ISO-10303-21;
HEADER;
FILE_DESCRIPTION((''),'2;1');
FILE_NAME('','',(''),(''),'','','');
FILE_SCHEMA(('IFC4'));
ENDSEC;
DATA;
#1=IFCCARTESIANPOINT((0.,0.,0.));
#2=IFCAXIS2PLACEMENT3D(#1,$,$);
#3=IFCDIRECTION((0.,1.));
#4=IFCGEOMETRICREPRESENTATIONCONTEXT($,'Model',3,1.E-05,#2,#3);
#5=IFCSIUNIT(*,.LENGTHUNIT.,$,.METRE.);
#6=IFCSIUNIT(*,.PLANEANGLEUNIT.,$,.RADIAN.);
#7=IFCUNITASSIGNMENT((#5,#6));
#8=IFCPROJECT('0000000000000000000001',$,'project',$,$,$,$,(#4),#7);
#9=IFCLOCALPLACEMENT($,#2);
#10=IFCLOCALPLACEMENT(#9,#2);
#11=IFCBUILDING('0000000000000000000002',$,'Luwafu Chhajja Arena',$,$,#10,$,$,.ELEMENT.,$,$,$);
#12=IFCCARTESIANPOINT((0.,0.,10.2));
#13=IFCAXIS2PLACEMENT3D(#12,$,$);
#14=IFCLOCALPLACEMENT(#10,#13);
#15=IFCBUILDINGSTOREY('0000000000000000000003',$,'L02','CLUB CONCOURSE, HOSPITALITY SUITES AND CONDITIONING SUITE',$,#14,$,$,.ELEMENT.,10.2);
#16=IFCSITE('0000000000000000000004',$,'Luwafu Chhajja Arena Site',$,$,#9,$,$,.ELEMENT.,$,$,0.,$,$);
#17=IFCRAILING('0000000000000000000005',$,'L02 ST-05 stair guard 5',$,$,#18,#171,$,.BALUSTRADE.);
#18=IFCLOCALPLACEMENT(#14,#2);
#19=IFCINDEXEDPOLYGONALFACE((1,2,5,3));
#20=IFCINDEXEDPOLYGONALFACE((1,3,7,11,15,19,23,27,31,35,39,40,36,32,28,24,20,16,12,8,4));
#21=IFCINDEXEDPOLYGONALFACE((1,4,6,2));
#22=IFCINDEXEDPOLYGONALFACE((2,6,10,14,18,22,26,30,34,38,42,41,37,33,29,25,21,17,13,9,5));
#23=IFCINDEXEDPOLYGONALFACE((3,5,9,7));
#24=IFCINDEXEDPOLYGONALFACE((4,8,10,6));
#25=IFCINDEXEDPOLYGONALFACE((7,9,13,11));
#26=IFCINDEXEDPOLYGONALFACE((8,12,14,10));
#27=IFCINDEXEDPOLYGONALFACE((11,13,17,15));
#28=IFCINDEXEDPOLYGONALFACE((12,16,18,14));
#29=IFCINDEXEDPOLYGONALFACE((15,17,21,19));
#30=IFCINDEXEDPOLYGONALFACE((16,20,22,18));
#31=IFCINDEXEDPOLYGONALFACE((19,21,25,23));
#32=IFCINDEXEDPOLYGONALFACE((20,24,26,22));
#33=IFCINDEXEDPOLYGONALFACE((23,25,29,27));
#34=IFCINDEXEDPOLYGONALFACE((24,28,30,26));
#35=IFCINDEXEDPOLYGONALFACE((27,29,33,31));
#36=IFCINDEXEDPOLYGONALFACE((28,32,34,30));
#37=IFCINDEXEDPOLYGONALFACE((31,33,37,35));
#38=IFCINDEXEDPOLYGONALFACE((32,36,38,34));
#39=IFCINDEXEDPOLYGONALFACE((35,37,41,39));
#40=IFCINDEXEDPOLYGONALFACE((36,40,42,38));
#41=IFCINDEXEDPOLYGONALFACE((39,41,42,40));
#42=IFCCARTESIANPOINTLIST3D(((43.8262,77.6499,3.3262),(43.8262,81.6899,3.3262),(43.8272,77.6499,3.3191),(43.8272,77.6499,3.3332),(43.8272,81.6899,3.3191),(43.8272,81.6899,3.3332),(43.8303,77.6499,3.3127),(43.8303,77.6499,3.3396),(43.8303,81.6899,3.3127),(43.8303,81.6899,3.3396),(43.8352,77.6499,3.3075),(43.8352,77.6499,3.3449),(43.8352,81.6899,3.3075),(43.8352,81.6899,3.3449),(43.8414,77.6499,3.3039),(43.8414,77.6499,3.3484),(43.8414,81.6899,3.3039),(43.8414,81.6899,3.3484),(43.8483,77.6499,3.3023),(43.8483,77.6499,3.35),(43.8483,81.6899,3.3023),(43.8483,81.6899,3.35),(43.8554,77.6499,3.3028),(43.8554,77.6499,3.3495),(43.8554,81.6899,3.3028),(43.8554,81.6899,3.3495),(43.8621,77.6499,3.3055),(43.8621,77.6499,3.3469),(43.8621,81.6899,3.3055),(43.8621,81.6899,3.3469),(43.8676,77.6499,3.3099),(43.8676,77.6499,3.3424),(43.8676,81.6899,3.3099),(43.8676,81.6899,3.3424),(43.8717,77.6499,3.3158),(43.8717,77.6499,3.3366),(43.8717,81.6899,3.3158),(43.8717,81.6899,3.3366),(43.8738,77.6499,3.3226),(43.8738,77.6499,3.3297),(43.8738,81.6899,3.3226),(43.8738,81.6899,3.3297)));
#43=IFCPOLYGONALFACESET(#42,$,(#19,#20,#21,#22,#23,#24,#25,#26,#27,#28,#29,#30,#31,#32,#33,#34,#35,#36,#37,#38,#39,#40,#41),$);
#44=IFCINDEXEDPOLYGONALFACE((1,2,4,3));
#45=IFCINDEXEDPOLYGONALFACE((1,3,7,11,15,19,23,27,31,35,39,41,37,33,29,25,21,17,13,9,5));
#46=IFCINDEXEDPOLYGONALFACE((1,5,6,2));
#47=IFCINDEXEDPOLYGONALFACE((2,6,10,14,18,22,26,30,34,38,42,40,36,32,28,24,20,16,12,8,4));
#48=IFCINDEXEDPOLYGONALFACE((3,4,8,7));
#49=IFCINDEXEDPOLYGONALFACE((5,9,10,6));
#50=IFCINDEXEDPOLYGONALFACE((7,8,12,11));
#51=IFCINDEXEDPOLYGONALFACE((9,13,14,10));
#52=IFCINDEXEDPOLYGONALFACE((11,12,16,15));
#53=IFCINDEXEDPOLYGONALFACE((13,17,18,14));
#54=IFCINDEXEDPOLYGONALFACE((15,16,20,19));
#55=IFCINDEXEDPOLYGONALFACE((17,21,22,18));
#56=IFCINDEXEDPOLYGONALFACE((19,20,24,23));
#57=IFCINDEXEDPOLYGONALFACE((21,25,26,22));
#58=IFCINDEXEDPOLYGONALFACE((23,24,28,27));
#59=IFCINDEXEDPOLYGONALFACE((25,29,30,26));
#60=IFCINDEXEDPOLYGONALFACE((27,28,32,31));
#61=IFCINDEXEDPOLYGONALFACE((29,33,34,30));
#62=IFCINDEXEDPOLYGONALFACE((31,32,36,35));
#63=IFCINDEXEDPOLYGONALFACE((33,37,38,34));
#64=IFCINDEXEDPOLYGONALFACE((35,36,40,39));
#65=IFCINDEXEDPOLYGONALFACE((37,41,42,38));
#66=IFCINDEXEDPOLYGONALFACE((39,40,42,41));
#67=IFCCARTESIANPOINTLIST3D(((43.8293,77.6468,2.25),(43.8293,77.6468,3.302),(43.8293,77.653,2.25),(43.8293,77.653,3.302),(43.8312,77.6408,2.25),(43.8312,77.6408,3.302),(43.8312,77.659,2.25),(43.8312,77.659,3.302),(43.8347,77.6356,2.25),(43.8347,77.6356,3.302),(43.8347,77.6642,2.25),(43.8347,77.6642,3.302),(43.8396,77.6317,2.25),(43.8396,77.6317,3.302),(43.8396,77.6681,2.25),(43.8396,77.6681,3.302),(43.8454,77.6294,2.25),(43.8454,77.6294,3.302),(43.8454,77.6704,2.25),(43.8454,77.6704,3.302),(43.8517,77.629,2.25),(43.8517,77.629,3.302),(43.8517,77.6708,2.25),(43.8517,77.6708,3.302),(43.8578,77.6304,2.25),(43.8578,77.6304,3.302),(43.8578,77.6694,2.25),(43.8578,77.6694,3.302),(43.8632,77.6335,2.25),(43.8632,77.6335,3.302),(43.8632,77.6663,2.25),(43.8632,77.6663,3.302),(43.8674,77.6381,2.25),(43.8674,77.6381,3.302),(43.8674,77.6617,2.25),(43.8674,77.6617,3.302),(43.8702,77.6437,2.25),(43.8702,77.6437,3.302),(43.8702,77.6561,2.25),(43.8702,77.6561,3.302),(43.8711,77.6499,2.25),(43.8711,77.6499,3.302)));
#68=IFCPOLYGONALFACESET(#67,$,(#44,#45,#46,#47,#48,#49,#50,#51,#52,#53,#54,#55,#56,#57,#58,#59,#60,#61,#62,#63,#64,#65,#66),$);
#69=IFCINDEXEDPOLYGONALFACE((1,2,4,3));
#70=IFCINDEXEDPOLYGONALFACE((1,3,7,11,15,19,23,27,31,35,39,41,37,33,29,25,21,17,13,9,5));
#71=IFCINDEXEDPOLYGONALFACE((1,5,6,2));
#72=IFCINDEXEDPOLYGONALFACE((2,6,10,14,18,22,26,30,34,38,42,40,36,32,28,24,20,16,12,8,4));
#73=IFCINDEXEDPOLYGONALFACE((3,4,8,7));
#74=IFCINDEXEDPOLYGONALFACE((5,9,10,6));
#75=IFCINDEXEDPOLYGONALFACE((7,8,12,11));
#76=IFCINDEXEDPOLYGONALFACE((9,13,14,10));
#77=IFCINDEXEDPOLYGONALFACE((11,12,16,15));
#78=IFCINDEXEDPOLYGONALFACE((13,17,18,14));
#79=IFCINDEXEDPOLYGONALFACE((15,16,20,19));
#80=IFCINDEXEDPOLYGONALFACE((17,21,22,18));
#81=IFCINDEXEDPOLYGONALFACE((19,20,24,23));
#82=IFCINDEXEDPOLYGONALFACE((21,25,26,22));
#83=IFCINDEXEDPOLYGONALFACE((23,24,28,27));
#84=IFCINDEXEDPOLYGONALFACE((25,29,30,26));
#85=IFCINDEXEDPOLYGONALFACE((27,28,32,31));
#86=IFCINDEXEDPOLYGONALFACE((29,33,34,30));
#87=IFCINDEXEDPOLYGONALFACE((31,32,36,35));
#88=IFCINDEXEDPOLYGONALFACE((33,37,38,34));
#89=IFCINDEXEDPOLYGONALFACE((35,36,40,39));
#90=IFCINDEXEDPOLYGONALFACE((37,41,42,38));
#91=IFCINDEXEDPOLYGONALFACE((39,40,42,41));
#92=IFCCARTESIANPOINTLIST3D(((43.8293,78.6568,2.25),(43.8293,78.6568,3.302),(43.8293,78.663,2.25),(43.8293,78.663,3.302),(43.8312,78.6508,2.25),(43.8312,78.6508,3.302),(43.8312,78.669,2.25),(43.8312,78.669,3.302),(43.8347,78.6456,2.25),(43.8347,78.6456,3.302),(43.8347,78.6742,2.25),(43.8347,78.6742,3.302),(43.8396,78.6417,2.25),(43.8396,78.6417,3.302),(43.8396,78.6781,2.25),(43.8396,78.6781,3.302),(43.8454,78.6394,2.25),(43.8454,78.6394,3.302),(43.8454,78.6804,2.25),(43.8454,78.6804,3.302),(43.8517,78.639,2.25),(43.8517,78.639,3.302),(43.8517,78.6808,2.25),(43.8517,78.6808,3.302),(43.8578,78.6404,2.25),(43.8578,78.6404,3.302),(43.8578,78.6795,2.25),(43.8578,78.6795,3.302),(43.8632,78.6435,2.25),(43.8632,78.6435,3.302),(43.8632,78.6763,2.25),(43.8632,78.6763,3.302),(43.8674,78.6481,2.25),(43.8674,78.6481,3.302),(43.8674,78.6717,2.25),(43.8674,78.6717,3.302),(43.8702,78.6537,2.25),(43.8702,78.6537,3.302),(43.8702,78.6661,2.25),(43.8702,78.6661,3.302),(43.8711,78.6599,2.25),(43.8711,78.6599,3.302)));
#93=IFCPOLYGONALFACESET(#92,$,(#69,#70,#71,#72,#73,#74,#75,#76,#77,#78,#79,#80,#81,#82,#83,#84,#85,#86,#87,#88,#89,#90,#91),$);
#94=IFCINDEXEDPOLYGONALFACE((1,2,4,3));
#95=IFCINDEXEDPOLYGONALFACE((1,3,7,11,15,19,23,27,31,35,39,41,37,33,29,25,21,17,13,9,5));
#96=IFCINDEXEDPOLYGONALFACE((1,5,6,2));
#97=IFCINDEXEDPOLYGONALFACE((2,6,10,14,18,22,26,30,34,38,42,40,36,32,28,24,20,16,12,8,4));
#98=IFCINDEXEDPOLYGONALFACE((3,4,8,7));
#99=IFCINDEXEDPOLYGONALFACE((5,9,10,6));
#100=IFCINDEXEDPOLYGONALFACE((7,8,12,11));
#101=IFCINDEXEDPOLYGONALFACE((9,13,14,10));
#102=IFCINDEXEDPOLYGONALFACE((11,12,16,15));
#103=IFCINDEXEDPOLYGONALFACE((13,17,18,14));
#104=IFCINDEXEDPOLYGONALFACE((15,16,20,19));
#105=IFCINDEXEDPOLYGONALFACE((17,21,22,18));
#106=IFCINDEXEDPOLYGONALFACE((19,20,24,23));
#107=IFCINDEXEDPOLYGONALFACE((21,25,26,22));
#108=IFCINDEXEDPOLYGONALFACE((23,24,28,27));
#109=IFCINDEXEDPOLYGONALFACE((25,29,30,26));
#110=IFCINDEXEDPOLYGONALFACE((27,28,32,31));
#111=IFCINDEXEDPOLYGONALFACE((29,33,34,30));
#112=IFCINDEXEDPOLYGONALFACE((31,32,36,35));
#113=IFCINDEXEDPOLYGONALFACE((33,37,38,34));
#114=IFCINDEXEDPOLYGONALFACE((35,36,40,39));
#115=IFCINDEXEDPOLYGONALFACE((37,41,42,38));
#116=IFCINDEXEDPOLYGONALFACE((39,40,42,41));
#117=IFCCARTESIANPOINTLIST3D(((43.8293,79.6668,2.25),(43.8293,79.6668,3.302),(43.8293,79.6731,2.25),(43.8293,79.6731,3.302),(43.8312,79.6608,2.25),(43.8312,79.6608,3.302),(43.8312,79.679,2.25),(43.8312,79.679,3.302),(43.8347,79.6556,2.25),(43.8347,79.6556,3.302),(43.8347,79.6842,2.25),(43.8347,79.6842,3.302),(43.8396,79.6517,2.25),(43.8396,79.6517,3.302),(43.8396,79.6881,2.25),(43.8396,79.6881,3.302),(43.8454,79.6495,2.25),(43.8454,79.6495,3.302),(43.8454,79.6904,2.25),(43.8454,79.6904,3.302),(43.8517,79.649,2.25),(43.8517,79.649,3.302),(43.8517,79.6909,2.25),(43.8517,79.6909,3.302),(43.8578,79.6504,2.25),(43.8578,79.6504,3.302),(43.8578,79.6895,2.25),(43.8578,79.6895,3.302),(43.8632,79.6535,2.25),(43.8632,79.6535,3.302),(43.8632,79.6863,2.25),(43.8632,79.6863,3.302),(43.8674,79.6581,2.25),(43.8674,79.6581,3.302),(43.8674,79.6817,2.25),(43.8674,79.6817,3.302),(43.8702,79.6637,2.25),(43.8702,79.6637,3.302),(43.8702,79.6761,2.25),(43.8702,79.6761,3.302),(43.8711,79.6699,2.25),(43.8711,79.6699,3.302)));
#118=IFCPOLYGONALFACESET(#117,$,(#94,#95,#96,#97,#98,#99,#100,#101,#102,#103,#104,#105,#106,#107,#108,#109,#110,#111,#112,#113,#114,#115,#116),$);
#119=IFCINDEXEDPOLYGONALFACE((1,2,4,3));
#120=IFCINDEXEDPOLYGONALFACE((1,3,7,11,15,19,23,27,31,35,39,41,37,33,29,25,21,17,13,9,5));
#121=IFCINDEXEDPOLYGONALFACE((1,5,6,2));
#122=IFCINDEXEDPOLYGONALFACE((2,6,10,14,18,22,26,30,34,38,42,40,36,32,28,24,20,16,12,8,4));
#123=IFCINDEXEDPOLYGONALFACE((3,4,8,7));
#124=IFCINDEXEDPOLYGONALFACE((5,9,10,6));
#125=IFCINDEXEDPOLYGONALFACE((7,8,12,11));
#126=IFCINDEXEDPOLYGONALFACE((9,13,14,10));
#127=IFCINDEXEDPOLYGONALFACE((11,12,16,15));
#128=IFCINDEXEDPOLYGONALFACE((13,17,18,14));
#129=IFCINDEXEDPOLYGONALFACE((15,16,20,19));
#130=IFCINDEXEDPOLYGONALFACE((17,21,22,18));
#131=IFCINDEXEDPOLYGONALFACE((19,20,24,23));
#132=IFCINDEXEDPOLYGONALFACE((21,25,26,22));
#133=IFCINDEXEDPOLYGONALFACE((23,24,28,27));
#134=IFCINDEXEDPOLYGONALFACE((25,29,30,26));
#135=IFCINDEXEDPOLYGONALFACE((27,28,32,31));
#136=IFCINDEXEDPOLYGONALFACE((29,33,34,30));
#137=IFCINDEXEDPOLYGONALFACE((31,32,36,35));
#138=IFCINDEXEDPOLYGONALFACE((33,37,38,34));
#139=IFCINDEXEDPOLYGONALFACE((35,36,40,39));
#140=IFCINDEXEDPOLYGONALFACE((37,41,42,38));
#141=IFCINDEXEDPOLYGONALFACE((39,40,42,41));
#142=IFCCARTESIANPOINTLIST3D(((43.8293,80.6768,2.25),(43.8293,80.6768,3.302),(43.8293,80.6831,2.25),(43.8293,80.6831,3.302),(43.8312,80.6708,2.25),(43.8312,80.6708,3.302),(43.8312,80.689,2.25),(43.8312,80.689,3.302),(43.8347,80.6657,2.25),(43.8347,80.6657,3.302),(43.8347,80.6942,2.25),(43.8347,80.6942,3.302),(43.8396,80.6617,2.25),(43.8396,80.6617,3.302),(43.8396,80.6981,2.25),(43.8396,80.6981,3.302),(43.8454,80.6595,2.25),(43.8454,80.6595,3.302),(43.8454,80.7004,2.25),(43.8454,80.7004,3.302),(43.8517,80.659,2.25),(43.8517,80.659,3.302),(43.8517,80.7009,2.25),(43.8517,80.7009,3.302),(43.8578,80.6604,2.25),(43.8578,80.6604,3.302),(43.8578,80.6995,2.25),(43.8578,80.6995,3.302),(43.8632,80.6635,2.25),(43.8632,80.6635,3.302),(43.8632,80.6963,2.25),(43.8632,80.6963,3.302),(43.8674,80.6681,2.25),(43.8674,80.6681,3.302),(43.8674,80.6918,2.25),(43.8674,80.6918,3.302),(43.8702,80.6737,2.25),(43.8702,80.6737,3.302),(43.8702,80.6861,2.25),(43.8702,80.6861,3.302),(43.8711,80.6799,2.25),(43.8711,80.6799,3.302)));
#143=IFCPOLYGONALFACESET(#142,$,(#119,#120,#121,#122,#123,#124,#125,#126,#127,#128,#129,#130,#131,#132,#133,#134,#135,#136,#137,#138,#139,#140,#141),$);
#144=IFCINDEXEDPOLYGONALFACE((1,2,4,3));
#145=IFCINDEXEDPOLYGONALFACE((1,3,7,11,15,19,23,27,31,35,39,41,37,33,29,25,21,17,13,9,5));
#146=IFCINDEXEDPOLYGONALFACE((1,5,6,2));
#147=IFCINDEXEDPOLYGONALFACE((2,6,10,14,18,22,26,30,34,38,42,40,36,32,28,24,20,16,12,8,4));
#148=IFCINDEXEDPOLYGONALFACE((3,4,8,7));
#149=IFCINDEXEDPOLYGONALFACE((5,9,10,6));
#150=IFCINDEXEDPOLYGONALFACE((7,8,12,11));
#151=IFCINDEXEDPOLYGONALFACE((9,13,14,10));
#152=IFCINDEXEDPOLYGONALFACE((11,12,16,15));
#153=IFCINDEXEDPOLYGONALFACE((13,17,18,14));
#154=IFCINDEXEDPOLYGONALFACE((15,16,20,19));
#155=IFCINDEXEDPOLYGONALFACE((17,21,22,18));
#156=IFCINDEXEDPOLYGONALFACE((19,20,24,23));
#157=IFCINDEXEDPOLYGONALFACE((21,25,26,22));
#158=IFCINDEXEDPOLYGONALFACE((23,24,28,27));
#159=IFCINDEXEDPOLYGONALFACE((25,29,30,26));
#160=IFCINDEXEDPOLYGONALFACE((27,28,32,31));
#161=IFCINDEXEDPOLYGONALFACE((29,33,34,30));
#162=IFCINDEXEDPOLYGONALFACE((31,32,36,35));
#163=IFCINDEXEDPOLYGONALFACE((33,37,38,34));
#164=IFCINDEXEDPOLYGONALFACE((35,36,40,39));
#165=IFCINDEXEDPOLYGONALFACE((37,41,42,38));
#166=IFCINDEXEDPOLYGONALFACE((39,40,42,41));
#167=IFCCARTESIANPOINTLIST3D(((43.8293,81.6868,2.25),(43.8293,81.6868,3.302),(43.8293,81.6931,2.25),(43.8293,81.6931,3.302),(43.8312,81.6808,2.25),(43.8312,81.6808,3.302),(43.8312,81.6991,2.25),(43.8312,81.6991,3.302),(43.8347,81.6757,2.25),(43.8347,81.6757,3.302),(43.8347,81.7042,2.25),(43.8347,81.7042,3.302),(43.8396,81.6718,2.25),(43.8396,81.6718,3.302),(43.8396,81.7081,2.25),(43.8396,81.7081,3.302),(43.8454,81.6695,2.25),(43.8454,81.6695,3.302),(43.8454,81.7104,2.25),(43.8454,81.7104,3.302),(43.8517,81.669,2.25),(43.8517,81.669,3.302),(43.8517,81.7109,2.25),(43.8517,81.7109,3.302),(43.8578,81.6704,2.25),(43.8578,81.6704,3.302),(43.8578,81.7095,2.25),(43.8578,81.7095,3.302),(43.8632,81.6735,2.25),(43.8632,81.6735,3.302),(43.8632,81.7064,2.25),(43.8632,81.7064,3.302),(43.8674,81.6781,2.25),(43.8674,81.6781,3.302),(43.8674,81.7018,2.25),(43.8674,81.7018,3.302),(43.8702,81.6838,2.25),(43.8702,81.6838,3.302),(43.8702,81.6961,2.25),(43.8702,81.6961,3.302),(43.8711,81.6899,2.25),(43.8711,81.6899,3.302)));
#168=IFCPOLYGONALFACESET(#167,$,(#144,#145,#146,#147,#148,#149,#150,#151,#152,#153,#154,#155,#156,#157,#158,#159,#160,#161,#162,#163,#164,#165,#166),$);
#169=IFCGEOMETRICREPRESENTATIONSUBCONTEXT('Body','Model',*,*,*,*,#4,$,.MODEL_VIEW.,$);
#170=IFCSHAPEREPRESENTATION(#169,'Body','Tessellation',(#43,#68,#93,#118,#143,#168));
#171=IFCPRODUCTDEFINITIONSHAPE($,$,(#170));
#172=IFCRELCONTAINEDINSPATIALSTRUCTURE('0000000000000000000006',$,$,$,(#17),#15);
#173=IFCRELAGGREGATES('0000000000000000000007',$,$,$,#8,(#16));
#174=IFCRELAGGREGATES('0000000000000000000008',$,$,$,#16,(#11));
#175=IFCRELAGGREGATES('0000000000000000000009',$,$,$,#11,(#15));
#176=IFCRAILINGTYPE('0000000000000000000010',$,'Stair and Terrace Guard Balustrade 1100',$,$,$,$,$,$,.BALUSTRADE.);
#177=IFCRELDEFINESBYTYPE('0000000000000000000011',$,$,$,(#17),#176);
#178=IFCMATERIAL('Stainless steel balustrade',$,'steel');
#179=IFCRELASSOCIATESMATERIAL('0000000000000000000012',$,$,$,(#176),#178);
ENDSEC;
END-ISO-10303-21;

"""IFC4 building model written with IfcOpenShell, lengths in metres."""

from ifc_helpers import new_model, si_unit, direction, frame, origin, origin_2d, place, context, subcontext, project, spatial, circle, extrude, material, type_object, element, save


model = new_model("IFC4")

# Units and contexts
model_context = context("Model", 3, precision=1e-05, world=origin(), true_north=direction((0.0, 1.0)))
body_context = subcontext(model_context, "Body", "Model", "MODEL_VIEW")
ifc_project = project(units=[si_unit("LENGTHUNIT", "METRE"), si_unit("PLANEANGLEUNIT", "RADIAN")], contexts=[model_context])

# Site, building, storey
site_placement = place(None, origin())
site = spatial("IfcSite", under=ifc_project, at=site_placement, Name="Luwafu Chhajja Arena Site", CompositionType="ELEMENT", RefElevation=0.0)
building_placement = place(site_placement, origin())
building = spatial("IfcBuilding", under=site, at=building_placement, Name="Luwafu Chhajja Arena", CompositionType="ELEMENT")
storey_placement = place(building_placement, frame((0.0, 0.0, 10.2)))
storey = spatial("IfcBuildingStorey", under=building, at=storey_placement, Name="L02", Description="CLUB CONCOURSE, HOSPITALITY SUITES AND CONDITIONING SUITE", CompositionType="ELEMENT", Elevation=10.2)

# Railing
ifc_material_1 = material(Name="Stainless steel balustrade", Category="steel")
railing_type_1 = type_object("IfcRailingType", Name="Stair and Terrace Guard Balustrade 1100", PredefinedType="BALUSTRADE", material=ifc_material_1)
railing_1_placement = place(storey_placement, frame((43.8501, 77.6499, 2.25)))
element("IfcRailing", 1, at=railing_1_placement, inside=storey, type_object=railing_type_1, Name="L02 ST-05 stair guard 5", PredefinedType="BALUSTRADE", context=body_context, shape_type="SweptSolid", body=[
    extrude(circle(Radius=0.0239, at=origin_2d()), frame((0.0, 0.0, 1.0762), z_axis=(0.0, 1.0, 0.0), x_axis=(-1.0, 0.0, 0.0)), (0.0, 0.0, 1.0), 4.04),
    extrude(circle(Radius=0.021, at=origin_2d()), origin(), (0.0, 0.0, 1.0), 1.052),
    extrude(circle(Radius=0.021, at=origin_2d()), frame((0.0, 1.01, 0.0)), (0.0, 0.0, 1.0), 1.052),
    extrude(circle(Radius=0.021, at=origin_2d()), frame((0.0, 2.02, 0.0)), (0.0, 0.0, 1.0), 1.052),
    extrude(circle(Radius=0.021, at=origin_2d()), frame((0.0, 3.03, 0.0)), (0.0, 0.0, 1.0), 1.052),
    extrude(circle(Radius=0.021, at=origin_2d()), frame((0.0, 4.04, 0.0)), (0.0, 0.0, 1.0), 1.052),
])

save(model, "model.ifc")
